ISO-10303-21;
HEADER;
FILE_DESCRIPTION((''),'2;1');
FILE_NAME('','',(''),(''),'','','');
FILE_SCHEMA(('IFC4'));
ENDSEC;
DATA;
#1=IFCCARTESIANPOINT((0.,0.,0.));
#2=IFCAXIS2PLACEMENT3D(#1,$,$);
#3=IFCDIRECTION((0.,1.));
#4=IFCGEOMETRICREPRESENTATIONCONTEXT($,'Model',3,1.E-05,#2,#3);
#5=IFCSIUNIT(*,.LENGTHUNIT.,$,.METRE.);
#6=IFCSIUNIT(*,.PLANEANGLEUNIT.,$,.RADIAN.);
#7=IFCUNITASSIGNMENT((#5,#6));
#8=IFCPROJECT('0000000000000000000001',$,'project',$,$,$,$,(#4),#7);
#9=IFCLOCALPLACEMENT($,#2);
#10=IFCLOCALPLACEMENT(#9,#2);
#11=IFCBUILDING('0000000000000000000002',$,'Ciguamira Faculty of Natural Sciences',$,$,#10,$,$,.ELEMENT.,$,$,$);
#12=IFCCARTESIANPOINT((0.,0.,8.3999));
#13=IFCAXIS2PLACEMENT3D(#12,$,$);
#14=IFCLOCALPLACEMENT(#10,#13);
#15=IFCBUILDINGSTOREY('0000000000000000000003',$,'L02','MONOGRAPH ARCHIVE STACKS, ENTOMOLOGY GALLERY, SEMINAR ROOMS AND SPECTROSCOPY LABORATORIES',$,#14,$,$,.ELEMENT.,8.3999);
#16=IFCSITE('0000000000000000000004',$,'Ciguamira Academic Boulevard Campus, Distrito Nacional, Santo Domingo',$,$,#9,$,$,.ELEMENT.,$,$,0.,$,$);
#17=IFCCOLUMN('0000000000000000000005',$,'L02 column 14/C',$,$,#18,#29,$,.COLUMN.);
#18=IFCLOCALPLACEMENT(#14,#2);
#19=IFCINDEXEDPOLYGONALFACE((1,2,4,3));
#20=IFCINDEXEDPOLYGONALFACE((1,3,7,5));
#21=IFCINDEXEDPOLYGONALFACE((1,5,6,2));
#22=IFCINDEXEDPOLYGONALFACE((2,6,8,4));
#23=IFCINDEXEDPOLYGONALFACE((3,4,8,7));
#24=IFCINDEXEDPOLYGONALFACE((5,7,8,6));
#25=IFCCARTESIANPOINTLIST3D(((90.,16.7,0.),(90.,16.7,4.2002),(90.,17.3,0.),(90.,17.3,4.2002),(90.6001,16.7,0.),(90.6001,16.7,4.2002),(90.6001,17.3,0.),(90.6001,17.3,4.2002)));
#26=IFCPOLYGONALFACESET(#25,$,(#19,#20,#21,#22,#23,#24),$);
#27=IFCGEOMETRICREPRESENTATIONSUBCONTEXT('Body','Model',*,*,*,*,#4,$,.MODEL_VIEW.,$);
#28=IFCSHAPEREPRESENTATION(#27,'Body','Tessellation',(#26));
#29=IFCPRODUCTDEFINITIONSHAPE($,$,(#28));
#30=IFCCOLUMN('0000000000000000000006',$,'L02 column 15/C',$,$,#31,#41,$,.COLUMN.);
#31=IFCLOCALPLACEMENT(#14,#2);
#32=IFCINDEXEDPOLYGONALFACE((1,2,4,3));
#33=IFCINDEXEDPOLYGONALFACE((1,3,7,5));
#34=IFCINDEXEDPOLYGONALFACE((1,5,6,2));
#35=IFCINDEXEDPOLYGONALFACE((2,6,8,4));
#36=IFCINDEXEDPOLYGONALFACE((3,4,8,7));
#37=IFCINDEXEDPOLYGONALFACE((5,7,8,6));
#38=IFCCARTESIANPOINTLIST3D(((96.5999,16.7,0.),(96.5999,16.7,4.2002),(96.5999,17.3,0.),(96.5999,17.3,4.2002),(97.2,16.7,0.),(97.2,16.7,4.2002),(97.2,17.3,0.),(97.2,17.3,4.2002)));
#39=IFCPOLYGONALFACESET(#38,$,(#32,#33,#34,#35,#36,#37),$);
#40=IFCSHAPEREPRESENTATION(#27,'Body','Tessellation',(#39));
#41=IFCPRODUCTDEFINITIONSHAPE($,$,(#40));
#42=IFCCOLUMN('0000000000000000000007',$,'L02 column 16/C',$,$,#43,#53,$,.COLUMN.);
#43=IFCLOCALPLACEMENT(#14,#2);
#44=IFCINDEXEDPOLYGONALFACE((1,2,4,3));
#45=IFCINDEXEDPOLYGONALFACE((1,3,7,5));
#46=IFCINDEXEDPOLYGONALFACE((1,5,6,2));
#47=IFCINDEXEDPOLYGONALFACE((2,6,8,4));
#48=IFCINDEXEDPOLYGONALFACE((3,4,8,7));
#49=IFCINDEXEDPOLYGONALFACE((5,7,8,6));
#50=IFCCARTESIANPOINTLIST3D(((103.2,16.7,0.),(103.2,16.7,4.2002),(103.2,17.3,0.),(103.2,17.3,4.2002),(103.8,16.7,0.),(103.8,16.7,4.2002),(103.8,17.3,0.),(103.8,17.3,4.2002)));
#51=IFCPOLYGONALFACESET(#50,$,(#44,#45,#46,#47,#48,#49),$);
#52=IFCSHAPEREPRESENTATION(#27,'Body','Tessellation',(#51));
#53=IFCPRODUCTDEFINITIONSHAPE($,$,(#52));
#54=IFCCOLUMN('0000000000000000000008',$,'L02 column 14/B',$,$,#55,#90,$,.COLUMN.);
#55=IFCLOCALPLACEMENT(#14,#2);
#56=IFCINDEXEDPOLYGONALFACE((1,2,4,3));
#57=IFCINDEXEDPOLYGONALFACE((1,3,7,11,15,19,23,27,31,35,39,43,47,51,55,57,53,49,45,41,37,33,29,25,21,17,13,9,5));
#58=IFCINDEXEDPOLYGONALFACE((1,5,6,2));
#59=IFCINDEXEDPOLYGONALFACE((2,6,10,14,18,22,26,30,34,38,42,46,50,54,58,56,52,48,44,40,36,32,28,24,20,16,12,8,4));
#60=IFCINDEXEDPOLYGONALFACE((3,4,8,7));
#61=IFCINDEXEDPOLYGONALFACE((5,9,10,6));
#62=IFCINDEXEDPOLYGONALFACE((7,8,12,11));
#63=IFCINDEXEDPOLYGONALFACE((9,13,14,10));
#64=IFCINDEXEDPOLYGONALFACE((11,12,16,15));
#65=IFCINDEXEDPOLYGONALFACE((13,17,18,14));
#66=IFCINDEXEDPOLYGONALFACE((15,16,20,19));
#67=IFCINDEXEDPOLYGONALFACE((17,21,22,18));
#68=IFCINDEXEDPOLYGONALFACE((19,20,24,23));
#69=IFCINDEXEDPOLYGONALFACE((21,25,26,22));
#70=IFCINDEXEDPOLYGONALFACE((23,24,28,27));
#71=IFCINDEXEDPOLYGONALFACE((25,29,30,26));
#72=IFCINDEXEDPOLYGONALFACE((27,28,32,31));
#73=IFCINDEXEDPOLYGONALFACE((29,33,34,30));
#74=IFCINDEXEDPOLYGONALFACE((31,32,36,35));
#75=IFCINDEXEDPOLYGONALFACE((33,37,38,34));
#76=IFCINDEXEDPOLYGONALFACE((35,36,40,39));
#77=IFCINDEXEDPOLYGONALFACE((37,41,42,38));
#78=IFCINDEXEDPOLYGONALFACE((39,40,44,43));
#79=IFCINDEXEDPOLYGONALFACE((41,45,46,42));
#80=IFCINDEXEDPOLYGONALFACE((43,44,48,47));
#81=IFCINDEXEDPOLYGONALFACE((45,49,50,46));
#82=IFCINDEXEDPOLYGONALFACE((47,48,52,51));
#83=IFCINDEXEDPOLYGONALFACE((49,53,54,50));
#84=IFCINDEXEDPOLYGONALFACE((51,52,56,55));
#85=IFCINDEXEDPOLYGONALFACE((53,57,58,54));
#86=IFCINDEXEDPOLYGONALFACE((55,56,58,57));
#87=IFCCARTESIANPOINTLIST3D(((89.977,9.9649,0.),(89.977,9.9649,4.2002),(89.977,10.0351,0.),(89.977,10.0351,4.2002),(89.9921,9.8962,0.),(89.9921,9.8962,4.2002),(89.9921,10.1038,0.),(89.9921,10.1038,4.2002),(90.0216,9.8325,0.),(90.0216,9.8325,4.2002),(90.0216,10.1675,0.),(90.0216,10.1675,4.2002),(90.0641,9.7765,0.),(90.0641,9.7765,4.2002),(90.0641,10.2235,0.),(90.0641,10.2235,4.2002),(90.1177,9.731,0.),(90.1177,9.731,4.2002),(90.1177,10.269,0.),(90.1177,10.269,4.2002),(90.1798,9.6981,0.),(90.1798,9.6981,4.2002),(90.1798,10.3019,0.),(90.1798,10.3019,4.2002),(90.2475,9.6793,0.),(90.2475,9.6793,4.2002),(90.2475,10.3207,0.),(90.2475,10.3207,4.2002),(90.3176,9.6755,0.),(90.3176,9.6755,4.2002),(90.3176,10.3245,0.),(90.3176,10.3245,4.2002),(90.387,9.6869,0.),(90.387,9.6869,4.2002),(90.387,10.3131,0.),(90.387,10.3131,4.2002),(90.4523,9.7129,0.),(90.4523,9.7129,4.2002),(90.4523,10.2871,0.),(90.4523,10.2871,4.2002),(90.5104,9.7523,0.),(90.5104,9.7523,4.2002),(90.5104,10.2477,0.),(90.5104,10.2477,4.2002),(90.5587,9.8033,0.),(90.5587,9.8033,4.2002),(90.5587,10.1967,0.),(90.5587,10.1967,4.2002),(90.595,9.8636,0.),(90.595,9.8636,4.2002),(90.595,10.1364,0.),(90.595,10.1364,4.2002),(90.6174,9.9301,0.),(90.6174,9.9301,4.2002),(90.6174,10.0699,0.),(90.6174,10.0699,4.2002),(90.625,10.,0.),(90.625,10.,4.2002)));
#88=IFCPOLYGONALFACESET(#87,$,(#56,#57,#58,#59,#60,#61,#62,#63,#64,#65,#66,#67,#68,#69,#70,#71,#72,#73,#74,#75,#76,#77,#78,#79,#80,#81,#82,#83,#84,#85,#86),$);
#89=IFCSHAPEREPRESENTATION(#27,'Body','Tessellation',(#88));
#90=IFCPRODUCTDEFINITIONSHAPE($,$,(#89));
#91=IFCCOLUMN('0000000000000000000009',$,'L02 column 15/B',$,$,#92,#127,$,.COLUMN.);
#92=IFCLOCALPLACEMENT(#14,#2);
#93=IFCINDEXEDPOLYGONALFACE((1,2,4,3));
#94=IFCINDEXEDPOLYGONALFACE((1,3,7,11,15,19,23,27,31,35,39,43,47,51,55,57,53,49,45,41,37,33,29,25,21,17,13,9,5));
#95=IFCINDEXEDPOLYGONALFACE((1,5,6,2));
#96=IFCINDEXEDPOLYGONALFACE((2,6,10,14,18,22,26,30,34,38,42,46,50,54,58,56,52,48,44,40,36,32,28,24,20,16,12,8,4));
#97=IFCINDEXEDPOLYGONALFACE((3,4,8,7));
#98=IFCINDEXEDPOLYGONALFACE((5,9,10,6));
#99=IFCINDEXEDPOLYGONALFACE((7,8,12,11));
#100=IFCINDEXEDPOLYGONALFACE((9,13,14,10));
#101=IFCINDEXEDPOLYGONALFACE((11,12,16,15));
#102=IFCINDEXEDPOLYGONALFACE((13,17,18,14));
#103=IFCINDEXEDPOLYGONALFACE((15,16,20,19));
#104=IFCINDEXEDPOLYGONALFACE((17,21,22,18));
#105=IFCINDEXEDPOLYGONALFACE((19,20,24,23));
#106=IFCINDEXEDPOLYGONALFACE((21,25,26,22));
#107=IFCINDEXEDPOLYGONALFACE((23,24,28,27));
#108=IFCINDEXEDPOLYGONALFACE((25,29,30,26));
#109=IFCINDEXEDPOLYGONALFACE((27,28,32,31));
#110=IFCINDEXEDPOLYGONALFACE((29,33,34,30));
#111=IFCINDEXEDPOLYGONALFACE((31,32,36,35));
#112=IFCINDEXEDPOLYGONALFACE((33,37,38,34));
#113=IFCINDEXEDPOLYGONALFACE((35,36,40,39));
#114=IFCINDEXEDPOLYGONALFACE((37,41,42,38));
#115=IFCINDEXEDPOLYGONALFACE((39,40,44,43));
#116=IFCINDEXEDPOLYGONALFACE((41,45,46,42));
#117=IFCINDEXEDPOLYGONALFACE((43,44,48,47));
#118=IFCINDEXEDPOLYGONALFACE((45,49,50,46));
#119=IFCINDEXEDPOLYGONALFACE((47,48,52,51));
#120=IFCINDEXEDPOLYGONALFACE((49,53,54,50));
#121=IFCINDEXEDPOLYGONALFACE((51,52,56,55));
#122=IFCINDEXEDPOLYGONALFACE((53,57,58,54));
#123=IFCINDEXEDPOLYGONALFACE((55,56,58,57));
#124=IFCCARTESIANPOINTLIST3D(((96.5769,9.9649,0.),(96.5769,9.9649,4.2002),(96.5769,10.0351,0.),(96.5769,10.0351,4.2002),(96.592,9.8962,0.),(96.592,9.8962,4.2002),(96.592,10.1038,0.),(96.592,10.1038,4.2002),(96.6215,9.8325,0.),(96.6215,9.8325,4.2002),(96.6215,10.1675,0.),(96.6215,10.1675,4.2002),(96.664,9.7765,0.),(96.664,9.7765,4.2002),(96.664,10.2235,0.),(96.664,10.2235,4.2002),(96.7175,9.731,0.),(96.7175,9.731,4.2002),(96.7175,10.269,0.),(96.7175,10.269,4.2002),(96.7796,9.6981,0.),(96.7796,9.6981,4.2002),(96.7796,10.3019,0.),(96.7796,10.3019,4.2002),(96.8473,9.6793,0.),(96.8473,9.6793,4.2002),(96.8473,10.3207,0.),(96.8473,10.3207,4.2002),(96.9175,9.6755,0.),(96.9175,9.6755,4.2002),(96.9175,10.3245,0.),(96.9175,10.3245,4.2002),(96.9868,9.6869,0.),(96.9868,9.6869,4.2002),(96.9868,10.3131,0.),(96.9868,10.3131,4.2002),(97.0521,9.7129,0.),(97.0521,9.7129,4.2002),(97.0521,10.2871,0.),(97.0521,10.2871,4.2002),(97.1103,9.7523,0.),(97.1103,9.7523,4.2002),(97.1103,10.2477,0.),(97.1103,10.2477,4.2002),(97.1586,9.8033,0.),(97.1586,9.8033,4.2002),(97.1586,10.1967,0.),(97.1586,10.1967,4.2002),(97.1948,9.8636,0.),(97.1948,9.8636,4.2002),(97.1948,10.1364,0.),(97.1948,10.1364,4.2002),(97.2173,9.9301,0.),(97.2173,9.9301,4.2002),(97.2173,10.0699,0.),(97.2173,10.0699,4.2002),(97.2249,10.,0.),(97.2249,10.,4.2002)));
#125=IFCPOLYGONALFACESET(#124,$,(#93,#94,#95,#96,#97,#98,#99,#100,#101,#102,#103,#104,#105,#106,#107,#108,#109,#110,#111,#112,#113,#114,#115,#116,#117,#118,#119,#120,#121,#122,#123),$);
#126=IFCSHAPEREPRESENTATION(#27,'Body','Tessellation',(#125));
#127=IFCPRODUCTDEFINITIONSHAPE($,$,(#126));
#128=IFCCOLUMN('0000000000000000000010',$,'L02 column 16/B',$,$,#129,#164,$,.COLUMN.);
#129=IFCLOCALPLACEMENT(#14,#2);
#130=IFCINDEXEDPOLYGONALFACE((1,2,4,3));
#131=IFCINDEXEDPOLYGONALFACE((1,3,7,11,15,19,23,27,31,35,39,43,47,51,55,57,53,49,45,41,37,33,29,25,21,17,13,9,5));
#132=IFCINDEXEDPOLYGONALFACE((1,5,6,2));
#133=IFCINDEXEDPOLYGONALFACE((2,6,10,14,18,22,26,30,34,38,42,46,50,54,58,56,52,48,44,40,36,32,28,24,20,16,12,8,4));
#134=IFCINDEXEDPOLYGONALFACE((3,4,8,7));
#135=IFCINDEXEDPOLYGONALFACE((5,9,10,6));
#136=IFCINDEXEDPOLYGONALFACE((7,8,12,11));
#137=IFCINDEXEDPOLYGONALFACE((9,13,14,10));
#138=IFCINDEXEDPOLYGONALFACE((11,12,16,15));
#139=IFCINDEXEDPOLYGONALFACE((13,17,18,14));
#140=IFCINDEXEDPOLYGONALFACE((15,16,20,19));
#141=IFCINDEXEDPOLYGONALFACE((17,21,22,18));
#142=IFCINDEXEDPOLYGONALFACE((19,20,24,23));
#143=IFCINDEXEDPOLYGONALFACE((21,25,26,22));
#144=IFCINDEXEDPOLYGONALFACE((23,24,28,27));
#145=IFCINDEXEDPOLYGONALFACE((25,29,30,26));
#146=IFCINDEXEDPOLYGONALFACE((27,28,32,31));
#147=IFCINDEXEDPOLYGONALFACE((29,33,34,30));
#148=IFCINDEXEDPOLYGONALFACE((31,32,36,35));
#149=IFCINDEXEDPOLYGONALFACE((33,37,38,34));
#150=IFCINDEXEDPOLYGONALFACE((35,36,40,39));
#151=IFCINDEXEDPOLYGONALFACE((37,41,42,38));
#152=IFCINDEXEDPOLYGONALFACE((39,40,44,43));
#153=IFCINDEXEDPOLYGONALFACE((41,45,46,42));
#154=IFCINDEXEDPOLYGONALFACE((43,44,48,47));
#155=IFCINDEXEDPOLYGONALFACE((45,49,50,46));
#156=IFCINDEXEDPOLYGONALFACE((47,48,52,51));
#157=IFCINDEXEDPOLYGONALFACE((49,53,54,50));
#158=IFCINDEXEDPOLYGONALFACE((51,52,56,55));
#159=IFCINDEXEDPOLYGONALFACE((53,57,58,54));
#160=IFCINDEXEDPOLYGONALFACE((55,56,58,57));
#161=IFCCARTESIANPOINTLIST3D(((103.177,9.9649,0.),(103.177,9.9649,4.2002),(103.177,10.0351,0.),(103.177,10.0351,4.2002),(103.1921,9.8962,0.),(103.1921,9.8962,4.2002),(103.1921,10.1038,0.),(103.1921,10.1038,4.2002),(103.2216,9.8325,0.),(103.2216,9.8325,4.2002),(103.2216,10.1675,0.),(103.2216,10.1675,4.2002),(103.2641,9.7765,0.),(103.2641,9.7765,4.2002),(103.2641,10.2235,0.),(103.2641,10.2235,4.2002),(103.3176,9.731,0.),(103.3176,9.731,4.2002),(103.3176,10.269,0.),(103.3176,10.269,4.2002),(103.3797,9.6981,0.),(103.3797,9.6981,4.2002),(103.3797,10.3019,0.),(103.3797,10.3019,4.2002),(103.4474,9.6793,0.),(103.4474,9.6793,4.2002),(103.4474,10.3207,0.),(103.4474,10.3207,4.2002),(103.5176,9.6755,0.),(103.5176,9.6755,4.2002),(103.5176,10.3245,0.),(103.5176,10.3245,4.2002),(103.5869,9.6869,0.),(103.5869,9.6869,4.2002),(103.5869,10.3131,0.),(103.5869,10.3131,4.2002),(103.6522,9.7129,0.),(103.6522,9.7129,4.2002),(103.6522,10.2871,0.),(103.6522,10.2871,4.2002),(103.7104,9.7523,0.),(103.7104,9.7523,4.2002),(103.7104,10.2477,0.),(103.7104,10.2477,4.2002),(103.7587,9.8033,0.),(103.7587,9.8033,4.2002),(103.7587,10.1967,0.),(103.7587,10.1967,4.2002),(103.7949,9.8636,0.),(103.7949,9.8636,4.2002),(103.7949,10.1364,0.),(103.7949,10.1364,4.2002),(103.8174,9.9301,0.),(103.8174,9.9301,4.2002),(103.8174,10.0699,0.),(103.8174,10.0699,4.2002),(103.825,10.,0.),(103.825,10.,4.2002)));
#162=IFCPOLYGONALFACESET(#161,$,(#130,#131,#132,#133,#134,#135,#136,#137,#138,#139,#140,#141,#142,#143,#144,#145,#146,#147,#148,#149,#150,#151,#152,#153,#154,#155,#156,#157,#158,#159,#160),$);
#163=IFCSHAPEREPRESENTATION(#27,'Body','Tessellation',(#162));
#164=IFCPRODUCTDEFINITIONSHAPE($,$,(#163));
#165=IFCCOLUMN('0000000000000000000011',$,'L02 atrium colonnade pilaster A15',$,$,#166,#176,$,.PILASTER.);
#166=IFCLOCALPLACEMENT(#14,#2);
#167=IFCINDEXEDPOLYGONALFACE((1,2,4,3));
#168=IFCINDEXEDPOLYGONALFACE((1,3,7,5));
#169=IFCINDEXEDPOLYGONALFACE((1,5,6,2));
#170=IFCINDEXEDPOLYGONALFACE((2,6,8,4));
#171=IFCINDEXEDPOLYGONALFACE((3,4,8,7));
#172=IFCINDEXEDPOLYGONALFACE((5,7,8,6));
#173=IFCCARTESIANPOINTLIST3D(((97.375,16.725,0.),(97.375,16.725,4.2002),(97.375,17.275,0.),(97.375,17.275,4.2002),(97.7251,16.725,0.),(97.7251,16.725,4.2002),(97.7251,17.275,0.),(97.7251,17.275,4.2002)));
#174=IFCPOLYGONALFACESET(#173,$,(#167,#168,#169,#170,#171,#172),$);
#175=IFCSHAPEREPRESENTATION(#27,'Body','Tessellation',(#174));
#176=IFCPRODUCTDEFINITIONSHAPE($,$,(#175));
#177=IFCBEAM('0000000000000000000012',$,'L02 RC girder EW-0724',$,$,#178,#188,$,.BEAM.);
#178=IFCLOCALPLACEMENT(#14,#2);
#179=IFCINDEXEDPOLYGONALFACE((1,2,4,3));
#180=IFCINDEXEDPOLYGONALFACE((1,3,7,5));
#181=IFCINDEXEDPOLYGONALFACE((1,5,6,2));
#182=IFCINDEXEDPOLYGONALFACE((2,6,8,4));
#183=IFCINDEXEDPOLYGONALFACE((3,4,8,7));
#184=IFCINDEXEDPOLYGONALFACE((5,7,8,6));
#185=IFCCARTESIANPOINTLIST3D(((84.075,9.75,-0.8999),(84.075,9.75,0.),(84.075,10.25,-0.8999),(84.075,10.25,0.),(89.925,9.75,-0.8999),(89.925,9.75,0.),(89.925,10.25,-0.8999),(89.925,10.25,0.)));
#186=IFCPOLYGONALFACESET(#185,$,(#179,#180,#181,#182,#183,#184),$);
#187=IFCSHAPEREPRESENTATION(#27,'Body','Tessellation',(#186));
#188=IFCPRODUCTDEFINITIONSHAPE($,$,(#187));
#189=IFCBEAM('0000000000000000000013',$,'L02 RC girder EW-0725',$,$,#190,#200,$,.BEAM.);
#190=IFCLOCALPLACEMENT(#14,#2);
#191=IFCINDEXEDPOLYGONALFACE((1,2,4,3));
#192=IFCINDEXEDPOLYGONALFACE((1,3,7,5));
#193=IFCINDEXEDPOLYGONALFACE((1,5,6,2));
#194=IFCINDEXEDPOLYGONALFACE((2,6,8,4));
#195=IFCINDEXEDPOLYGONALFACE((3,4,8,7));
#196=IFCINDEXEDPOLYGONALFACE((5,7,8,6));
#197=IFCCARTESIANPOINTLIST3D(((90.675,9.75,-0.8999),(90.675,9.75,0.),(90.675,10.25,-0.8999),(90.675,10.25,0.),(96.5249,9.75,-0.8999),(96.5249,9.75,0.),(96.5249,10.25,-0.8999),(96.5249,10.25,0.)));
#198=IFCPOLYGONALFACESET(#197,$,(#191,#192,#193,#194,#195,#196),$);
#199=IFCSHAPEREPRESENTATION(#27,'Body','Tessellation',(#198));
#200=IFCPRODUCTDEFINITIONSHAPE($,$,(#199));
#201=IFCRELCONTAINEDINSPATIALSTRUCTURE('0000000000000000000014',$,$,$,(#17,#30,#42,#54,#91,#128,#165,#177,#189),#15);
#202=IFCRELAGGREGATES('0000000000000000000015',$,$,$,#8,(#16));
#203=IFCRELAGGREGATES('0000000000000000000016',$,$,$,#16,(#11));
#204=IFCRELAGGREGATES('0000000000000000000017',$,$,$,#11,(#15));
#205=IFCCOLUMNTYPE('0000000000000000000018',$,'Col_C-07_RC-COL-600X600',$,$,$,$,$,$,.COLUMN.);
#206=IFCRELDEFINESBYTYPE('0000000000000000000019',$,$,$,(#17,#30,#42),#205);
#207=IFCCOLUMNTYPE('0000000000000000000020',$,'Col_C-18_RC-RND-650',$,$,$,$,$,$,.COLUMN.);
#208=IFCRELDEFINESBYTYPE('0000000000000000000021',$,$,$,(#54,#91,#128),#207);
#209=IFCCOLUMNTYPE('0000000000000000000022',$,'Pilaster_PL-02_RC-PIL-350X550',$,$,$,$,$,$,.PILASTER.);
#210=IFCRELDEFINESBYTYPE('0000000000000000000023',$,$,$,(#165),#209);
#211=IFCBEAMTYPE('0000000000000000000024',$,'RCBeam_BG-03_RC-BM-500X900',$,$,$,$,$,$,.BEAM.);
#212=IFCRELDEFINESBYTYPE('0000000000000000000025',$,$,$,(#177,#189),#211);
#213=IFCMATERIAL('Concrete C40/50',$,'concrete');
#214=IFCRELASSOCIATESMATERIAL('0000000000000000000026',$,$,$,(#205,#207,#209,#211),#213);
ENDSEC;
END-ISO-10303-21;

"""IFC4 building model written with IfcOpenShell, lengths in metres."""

from ifc_helpers import new_model, si_unit, direction, frame, origin, origin_2d, place, context, subcontext, project, spatial, rectangle, circle, extrude, material, material_profile, profile_set, type_object, element, save


model = new_model("IFC4")

# Units and contexts
model_context = context("Model", 3, precision=1e-05, world=origin(), true_north=direction((0.0, 1.0)))
body_context = subcontext(model_context, "Body", "Model", "MODEL_VIEW")
ifc_project = project(units=[si_unit("LENGTHUNIT", "METRE"), si_unit("PLANEANGLEUNIT", "RADIAN")], contexts=[model_context])

# Site, building, storey
site_placement = place(None, origin())
site = spatial("IfcSite", under=ifc_project, at=site_placement, Name="Ciguamira Academic Boulevard Campus, Distrito Nacional, Santo Domingo", CompositionType="ELEMENT", RefElevation=0.0)
building_placement = place(site_placement, origin())
building = spatial("IfcBuilding", under=site, at=building_placement, Name="Ciguamira Faculty of Natural Sciences", CompositionType="ELEMENT")
storey_placement = place(building_placement, frame((0.0, 0.0, 8.3999)))
storey = spatial("IfcBuildingStorey", under=building, at=storey_placement, Name="L02", Description="MONOGRAPH ARCHIVE STACKS, ENTOMOLOGY GALLERY, SEMINAR ROOMS AND SPECTROSCOPY LABORATORIES", CompositionType="ELEMENT", Elevation=8.3999)

# Columns
ifc_material_1 = material(Name="Concrete C40/50", Category="concrete")
ifc_material_profile_1 = material_profile(ifc_material_1, rectangle(XDim=0.6001, YDim=0.6001, at=origin_2d()), Name="RC-COL-600X600")
ifc_profile_set_1 = profile_set([ifc_material_profile_1], Name="Concrete C40/50")
column_type_1 = type_object("IfcColumnType", Name="Col_C-07_RC-COL-600X600", PredefinedType="COLUMN", material=ifc_profile_set_1)
for number, where, z_axis, x_axis, name in (
    (1, (90.3, 17.0, 0.0), (0.0, 0.0, 1.0), (1.0, 0.0, 0.0), "L02 column 14/C"),
    (2, (96.8999, 17.0, 0.0), (0.0, 0.0, 1.0), (1.0, 0.0, 0.0), "L02 column 15/C"),
    (3, (103.5, 17.0, 0.0), (0.0, 0.0, 1.0), (1.0, 0.0, 0.0), "L02 column 16/C"),
):
    element("IfcColumn", number, at=place(storey_placement, frame(where, z_axis=z_axis, x_axis=x_axis)), inside=storey, type_object=column_type_1, Name=name, PredefinedType="COLUMN", context=body_context, shape_type="SweptSolid", body=[
        extrude(rectangle(XDim=0.6001, YDim=0.6001, at=origin_2d()), origin(), (0.0, 0.0, 1.0), 4.2002),
    ])
ifc_material_profile_2 = material_profile(ifc_material_1, circle(Radius=0.325, at=origin_2d()), Name="RC-RND-650")
ifc_profile_set_2 = profile_set([ifc_material_profile_2], Name="Concrete C40/50")
column_type_2 = type_object("IfcColumnType", Name="Col_C-18_RC-RND-650", PredefinedType="COLUMN", material=ifc_profile_set_2)
for number, where, z_axis, x_axis, name in (
    (4, (90.3, 10.0, 0.0), (0.0, 0.0, 1.0), (1.0, 0.0, 0.0), "L02 column 14/B"),
    (5, (96.8999, 10.0, 0.0), (0.0, 0.0, 1.0), (1.0, 0.0, 0.0), "L02 column 15/B"),
    (6, (103.5, 10.0, 0.0), (0.0, 0.0, 1.0), (1.0, 0.0, 0.0), "L02 column 16/B"),
):
    element("IfcColumn", number, at=place(storey_placement, frame(where, z_axis=z_axis, x_axis=x_axis)), inside=storey, type_object=column_type_2, Name=name, PredefinedType="COLUMN", context=body_context, shape_type="SweptSolid", body=[
        extrude(circle(Radius=0.325, at=origin_2d()), origin(), (0.0, 0.0, 1.0), 4.2002),
    ])
ifc_material_profile_3 = material_profile(ifc_material_1, rectangle(XDim=0.3501, YDim=0.55, at=origin_2d()), Name="RC-PIL-350X550")
ifc_profile_set_3 = profile_set([ifc_material_profile_3], Name="Concrete C40/50")
column_type_3 = type_object("IfcColumnType", Name="Pilaster_PL-02_RC-PIL-350X550", PredefinedType="PILASTER", material=ifc_profile_set_3)
column_placement = place(storey_placement, frame((97.55, 17.0, 0.0), z_axis=(0.0, 0.0, 1.0), x_axis=(1.0, 0.0, 0.0)))
element("IfcColumn", 7, at=column_placement, inside=storey, type_object=column_type_3, Name="L02 atrium colonnade pilaster A15", PredefinedType="PILASTER", context=body_context, shape_type="SweptSolid", body=[
    extrude(rectangle(XDim=0.3501, YDim=0.55, at=origin_2d()), origin(), (0.0, 0.0, 1.0), 4.2002),
])

# Beams
ifc_material_profile_4 = material_profile(ifc_material_1, rectangle(XDim=0.5, YDim=0.8999, at=origin_2d()), Name="RC-BM-500X900")
ifc_profile_set_4 = profile_set([ifc_material_profile_4], Name="Concrete C40/50")
beam_type_1 = type_object("IfcBeamType", Name="RCBeam_BG-03_RC-BM-500X900", PredefinedType="BEAM", material=ifc_profile_set_4)
beam_1_placement = place(storey_placement, frame((84.075, 10.0, -0.45), z_axis=(1.0, 0.0, 0.0), x_axis=(0.0, 1.0, 0.0)))
element("IfcBeam", 8, at=beam_1_placement, inside=storey, type_object=beam_type_1, Name="L02 RC girder EW-0724", PredefinedType="BEAM", context=body_context, shape_type="SweptSolid", body=[
    extrude(rectangle(XDim=0.5, YDim=0.8999, at=origin_2d()), origin(), (0.0, 0.0, 1.0), 5.8501),
])
beam_2_placement = place(storey_placement, frame((90.675, 10.0, -0.45), z_axis=(1.0, 0.0, 0.0), x_axis=(0.0, 1.0, 0.0)))
element("IfcBeam", 9, at=beam_2_placement, inside=storey, type_object=beam_type_1, Name="L02 RC girder EW-0725", PredefinedType="BEAM", context=body_context, shape_type="SweptSolid", body=[
    extrude(rectangle(XDim=0.5, YDim=0.8999, at=origin_2d()), origin(), (0.0, 0.0, 1.0), 5.8499),
])

save(model, "model.ifc")
